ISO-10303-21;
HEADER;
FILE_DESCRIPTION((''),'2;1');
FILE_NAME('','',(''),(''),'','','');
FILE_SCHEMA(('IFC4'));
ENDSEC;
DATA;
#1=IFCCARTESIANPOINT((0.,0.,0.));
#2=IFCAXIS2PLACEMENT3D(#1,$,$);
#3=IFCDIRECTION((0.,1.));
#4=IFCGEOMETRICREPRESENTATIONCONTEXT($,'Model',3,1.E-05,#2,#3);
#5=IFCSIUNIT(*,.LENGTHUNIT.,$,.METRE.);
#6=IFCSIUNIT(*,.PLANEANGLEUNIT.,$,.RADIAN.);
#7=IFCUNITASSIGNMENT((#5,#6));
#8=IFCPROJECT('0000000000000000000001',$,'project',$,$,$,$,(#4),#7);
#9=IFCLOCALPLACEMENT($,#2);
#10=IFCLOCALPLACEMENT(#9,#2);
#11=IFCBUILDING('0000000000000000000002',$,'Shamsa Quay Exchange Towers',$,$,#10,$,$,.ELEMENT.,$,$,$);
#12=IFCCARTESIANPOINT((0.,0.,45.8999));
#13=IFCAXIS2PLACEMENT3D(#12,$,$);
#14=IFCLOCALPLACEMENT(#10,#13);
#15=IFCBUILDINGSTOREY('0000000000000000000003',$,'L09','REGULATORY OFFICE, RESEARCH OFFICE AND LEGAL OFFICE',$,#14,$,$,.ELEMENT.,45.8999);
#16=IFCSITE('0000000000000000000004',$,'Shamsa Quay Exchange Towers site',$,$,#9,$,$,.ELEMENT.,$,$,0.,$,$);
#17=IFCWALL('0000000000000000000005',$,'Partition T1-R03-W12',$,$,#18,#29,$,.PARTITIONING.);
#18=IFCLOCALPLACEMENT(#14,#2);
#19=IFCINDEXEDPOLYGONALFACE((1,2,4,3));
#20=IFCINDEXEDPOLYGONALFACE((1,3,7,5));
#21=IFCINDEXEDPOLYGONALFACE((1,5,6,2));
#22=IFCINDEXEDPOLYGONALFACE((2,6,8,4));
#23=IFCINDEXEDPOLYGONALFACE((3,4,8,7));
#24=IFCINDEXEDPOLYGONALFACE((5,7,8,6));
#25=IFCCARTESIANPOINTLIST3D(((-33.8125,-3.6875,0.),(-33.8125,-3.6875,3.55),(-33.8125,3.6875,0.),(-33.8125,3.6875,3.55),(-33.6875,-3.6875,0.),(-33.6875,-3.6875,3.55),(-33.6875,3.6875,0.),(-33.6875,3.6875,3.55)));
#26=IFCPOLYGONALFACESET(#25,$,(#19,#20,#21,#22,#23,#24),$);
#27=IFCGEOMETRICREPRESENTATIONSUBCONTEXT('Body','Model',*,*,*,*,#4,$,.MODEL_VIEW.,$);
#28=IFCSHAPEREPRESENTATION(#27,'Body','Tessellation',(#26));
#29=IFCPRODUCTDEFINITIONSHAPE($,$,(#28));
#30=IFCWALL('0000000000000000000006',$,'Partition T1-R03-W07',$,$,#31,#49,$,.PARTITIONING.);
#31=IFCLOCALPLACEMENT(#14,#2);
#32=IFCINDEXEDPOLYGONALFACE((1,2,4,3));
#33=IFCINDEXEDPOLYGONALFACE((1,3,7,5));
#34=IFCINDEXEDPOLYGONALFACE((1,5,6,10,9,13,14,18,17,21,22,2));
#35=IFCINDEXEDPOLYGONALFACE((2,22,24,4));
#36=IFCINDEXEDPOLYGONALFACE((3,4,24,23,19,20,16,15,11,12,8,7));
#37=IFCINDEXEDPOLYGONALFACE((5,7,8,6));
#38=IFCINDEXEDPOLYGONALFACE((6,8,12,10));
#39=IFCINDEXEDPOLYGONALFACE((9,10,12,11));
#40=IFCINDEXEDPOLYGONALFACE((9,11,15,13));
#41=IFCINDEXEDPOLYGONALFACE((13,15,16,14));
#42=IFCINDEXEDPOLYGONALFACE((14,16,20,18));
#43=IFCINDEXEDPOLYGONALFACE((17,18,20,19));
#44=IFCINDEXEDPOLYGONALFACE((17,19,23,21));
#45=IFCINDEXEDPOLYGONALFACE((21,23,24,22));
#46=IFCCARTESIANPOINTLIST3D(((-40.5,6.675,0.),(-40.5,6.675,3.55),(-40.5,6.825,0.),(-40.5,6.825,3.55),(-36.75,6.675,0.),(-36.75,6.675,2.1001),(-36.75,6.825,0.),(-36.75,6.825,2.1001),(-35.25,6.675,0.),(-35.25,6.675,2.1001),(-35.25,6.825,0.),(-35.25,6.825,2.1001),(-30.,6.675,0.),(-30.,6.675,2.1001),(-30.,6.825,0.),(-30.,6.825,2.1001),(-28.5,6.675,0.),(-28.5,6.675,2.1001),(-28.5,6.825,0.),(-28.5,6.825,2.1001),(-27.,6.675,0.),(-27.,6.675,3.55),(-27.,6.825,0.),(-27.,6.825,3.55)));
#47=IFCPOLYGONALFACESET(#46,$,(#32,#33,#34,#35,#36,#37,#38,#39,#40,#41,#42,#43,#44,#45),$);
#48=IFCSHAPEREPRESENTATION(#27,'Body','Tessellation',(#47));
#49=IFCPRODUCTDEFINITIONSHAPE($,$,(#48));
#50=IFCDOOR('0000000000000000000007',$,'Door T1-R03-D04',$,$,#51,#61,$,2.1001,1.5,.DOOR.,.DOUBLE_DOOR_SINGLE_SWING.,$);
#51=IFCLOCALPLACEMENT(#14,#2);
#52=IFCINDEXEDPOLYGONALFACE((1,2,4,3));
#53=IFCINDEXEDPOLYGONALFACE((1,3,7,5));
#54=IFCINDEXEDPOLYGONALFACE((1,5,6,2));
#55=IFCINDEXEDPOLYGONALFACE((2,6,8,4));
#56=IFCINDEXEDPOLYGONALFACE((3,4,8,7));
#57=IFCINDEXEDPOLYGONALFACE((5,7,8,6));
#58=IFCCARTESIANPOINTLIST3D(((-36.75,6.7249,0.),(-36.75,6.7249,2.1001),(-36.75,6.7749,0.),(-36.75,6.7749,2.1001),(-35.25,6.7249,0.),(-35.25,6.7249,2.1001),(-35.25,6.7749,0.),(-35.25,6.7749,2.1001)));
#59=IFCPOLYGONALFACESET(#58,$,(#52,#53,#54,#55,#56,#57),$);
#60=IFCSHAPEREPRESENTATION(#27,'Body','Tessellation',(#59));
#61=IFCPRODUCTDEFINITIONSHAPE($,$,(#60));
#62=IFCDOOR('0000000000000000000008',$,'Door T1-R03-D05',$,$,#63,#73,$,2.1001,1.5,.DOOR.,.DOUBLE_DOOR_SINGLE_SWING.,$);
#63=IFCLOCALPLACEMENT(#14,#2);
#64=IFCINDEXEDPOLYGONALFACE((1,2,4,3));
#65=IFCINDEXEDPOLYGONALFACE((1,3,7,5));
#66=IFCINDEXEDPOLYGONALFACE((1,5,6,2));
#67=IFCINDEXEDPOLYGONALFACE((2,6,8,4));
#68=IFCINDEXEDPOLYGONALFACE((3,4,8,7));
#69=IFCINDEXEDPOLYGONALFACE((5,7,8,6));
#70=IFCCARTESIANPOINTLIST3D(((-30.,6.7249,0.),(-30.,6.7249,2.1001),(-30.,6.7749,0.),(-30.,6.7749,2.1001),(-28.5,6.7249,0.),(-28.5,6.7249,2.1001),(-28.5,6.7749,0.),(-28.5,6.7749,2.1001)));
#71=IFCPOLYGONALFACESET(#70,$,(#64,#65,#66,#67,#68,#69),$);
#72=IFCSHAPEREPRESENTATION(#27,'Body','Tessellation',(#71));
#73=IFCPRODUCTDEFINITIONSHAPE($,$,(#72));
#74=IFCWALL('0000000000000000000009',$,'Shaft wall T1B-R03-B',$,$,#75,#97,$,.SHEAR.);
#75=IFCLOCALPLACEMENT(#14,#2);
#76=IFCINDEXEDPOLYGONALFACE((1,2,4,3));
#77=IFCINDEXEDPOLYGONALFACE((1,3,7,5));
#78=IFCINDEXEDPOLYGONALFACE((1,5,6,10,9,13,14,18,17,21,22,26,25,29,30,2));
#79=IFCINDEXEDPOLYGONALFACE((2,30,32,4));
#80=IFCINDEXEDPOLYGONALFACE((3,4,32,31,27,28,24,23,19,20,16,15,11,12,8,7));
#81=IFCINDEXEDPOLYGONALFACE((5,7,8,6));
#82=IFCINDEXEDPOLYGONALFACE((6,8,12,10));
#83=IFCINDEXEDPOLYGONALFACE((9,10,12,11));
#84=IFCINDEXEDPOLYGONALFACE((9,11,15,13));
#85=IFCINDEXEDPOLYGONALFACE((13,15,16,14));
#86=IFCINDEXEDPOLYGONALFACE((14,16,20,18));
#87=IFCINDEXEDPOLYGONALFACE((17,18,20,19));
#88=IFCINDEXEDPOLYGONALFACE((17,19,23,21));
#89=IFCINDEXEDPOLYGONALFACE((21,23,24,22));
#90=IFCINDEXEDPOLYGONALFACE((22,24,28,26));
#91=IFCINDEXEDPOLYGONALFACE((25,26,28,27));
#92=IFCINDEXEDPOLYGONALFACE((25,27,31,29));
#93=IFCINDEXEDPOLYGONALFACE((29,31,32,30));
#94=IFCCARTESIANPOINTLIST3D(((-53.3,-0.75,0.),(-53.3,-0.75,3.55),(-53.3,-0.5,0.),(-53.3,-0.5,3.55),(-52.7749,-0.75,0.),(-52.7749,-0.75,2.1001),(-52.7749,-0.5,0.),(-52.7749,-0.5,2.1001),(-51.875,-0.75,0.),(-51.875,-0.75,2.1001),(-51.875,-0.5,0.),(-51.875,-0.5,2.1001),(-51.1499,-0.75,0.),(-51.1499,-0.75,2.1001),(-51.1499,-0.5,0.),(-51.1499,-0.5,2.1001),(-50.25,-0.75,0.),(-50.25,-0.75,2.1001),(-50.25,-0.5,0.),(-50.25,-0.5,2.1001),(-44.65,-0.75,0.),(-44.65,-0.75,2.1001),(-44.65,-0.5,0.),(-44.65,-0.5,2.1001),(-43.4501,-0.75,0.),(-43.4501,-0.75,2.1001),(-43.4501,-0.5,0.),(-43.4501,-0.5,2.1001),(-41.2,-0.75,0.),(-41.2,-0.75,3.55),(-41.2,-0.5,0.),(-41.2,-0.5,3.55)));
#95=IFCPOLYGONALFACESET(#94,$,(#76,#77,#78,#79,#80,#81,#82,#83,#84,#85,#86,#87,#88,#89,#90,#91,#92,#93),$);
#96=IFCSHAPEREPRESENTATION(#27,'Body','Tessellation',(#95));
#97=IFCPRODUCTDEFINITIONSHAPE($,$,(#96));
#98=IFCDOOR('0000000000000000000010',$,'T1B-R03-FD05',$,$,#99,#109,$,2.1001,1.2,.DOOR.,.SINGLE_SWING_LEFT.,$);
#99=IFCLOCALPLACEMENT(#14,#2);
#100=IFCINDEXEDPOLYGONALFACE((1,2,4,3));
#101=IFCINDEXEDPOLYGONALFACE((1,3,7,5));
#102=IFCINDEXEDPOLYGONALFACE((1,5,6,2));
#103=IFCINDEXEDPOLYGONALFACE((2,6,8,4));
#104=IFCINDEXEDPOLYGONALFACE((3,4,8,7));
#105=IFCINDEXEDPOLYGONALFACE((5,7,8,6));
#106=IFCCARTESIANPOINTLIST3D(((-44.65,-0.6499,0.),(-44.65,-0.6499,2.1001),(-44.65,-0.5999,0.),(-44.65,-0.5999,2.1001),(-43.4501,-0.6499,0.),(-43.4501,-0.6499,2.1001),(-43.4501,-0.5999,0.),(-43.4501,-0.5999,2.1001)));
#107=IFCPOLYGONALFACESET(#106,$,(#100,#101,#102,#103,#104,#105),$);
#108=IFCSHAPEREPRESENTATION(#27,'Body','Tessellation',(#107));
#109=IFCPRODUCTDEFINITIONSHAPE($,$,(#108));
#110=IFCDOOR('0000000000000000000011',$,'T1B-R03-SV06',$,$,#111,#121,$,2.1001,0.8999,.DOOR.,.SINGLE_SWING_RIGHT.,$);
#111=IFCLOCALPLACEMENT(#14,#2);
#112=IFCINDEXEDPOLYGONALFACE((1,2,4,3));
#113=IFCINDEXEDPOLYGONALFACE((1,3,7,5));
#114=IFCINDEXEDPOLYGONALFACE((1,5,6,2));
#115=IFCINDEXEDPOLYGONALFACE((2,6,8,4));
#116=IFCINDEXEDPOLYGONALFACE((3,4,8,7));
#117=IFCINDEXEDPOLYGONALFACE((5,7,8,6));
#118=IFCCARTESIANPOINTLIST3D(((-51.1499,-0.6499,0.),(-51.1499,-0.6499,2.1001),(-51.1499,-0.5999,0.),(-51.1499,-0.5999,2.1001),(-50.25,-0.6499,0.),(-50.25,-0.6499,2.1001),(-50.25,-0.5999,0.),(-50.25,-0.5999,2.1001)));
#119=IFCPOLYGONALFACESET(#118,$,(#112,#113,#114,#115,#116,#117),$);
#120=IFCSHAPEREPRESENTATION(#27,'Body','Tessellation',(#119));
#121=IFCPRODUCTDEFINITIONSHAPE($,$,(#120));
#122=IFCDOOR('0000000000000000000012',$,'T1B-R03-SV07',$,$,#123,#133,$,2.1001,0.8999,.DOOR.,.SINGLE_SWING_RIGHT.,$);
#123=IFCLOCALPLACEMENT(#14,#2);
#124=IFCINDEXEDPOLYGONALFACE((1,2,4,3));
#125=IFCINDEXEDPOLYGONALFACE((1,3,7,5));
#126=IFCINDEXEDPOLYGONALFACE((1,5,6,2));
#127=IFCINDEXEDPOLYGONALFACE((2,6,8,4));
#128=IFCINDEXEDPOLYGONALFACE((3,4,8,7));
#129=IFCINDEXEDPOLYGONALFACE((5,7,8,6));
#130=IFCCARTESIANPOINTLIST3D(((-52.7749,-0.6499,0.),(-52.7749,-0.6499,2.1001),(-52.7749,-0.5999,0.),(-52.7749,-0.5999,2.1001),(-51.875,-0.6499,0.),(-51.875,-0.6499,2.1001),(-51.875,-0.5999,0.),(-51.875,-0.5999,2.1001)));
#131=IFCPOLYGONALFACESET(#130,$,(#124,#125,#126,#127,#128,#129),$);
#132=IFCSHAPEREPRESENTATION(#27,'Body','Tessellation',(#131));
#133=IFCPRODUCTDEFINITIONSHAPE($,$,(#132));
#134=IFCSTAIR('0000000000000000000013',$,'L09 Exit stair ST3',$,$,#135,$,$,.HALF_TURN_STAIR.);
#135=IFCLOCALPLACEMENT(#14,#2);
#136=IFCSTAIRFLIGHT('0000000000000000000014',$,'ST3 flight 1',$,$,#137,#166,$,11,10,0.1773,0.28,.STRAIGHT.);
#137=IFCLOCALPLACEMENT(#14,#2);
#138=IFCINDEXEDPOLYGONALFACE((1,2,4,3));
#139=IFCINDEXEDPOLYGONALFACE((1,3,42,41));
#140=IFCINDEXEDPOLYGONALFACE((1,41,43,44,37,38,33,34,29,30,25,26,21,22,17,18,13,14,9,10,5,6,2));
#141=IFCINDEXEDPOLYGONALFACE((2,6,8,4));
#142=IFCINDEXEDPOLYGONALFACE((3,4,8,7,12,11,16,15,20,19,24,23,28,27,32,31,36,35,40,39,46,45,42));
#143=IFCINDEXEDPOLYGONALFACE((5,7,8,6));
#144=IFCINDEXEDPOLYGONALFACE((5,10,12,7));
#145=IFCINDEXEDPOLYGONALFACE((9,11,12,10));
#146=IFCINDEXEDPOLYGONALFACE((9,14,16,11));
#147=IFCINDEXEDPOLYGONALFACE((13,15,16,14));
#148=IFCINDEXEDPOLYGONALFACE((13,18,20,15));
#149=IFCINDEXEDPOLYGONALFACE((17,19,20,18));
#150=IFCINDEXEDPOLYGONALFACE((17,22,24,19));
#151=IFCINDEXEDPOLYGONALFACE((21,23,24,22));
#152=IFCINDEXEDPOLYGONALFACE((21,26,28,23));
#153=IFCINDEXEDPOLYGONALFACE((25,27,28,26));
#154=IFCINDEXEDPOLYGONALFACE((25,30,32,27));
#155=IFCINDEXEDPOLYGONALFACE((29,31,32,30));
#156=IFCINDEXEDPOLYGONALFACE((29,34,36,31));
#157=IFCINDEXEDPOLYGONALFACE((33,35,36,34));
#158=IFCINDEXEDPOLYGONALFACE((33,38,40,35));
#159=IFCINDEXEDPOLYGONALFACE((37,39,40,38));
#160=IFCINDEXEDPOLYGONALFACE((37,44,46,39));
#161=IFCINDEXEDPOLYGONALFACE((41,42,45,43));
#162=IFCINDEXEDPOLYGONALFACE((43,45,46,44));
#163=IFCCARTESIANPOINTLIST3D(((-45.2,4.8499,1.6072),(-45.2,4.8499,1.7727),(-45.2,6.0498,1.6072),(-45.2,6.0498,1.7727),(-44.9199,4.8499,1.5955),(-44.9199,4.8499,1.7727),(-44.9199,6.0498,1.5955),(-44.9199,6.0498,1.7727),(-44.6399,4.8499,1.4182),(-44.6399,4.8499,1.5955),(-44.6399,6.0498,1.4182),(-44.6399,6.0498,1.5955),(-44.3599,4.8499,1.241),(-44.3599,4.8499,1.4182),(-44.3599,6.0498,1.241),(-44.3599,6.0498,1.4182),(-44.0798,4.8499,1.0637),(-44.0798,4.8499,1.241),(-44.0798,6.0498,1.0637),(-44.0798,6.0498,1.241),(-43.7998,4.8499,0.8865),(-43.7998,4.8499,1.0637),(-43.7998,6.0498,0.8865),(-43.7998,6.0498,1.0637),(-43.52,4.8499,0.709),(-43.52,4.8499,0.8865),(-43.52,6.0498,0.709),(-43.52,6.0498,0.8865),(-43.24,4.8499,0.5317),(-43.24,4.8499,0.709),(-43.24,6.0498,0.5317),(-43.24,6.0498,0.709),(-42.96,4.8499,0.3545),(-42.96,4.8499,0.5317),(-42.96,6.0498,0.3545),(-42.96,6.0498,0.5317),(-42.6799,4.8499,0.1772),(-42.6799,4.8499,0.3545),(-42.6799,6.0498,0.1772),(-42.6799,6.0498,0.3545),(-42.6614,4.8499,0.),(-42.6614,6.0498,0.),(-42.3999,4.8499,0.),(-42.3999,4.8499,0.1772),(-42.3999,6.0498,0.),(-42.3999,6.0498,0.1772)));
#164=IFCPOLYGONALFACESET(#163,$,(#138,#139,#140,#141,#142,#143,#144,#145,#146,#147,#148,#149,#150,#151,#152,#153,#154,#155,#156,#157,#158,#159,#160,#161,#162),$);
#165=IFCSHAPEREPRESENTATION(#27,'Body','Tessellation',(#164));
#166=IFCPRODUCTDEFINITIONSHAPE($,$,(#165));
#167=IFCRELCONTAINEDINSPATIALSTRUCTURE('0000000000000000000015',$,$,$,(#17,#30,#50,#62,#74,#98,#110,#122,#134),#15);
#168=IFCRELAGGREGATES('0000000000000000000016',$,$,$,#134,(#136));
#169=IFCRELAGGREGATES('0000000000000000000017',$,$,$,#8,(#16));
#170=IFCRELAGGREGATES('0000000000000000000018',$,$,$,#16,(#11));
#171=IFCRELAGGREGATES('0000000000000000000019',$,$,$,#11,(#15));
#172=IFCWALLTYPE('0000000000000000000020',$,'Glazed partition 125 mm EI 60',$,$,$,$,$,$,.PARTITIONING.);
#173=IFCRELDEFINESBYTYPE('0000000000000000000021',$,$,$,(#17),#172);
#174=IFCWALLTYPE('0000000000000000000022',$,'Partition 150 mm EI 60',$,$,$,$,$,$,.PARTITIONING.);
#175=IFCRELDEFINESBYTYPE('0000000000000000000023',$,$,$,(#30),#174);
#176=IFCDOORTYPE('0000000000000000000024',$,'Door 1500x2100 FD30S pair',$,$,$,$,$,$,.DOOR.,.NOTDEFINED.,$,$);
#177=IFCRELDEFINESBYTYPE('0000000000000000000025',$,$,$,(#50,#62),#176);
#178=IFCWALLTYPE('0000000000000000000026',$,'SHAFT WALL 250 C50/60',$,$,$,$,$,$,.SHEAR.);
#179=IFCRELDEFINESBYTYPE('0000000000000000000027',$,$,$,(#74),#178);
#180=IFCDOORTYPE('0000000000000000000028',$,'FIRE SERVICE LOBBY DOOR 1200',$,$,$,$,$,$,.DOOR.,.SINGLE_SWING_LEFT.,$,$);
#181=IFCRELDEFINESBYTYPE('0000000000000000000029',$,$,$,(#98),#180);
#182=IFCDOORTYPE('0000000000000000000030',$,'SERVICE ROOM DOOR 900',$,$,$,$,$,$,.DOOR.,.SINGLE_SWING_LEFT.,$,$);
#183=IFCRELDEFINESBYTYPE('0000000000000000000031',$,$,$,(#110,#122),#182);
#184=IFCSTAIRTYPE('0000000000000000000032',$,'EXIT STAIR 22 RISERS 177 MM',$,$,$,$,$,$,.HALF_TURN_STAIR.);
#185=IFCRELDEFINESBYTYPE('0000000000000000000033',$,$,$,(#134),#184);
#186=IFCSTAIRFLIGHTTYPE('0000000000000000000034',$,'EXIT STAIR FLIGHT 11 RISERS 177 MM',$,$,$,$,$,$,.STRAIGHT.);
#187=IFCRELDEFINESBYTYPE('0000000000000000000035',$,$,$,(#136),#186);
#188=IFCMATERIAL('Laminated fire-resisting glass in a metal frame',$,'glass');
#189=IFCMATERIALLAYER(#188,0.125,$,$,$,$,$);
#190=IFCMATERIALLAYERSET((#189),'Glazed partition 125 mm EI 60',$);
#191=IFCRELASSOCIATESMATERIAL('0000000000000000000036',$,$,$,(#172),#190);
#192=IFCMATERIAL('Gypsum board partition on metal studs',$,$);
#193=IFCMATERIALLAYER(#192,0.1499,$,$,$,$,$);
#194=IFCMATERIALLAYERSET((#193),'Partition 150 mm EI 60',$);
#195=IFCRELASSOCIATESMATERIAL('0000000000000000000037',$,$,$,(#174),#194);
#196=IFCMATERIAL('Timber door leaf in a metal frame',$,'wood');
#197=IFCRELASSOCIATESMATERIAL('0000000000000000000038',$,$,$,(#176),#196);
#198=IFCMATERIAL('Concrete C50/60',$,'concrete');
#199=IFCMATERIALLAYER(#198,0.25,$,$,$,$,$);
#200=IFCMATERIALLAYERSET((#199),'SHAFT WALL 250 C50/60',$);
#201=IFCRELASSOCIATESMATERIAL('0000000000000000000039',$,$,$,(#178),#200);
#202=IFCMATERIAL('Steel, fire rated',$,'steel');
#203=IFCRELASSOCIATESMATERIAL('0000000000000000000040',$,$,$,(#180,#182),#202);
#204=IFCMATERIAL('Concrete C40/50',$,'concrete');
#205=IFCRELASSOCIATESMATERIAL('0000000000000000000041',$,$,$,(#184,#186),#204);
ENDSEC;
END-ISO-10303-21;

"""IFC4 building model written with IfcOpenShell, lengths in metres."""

from ifc_helpers import new_model, si_unit, direction, frame, frame_2d, origin, place, context, subcontext, project, spatial, polyline, rectangle, outline, extrude, material, layer, layer_set, type_object, element, fill, aggregate, save


model = new_model("IFC4")

# Units and contexts
model_context = context("Model", 3, precision=1e-05, world=origin(), true_north=direction((0.0, 1.0)))
body_context = subcontext(model_context, "Body", "Model", "MODEL_VIEW")
ifc_project = project(units=[si_unit("LENGTHUNIT", "METRE"), si_unit("PLANEANGLEUNIT", "RADIAN")], contexts=[model_context])

# Site, building, storey
site_placement = place(None, origin())
site = spatial("IfcSite", under=ifc_project, at=site_placement, Name="Shamsa Quay Exchange Towers site", CompositionType="ELEMENT", RefElevation=0.0)
building_placement = place(site_placement, origin())
building = spatial("IfcBuilding", under=site, at=building_placement, Name="Shamsa Quay Exchange Towers", CompositionType="ELEMENT")
storey_placement = place(building_placement, frame((0.0, 0.0, 45.8999)))
storey = spatial("IfcBuildingStorey", under=building, at=storey_placement, Name="L09", Description="REGULATORY OFFICE, RESEARCH OFFICE AND LEGAL OFFICE", CompositionType="ELEMENT", Elevation=45.8999)

# Wall
ifc_material_1 = material(Name="Laminated fire-resisting glass in a metal frame", Category="glass")
ifc_layer_1 = layer(ifc_material_1, 0.125)
ifc_layer_set_1 = layer_set([ifc_layer_1], Name="Glazed partition 125 mm EI 60")
wall_type_1 = type_object("IfcWallType", Name="Glazed partition 125 mm EI 60", PredefinedType="PARTITIONING", material=ifc_layer_set_1)
wall_1_placement = place(storey_placement, frame((-33.75, 3.6875, 0.0), z_axis=(0.0, 0.0, 1.0), x_axis=(0.0, -1.0, 0.0)))
element("IfcWall", 1, at=wall_1_placement, inside=storey, type_object=wall_type_1, Name="Partition T1-R03-W12", PredefinedType="PARTITIONING", context=body_context, shape_type="SweptSolid", body=[
    extrude(rectangle(XDim=7.375, YDim=0.125, at=frame_2d((3.6875, 0.0))), origin(), (0.0, 0.0, 1.0), 3.55),
])

# Walls, openings, doors
ifc_material_2 = material(Name="Gypsum board partition on metal studs")
ifc_layer_2 = layer(ifc_material_2, 0.1499)
ifc_layer_set_2 = layer_set([ifc_layer_2], Name="Partition 150 mm EI 60")
wall_type_2 = type_object("IfcWallType", Name="Partition 150 mm EI 60", PredefinedType="PARTITIONING", material=ifc_layer_set_2)
wall_2_placement = place(storey_placement, frame((-40.5, 6.75, 0.0)))
wall_2 = element("IfcWall", 2, at=wall_2_placement, inside=storey, type_object=wall_type_2, Name="Partition T1-R03-W07", PredefinedType="PARTITIONING", context=body_context, shape_type="SweptSolid", body=[
    extrude(rectangle(XDim=13.5, YDim=0.1499, at=frame_2d((6.75, 0.0))), origin(), (0.0, 0.0, 1.0), 3.55),
])
opening_1_placement = place(wall_2_placement, frame((3.75, 0.0, 0.0)))
opening_1 = element("IfcOpeningElement", 3, at=opening_1_placement, cuts=wall_2, PredefinedType="OPENING", context=body_context, shape_type="SweptSolid", body=[
    extrude(rectangle(XDim=1.5, YDim=2.1001, at=frame_2d((0.75, 1.05))), frame((0.0, 0.085, 0.0), z_axis=(0.0, -1.0, 0.0), x_axis=(1.0, 0.0, 0.0)), (0.0, 0.0, 1.0), 0.1699),
])
opening_2_placement = place(wall_2_placement, frame((10.5, 0.0, 0.0)))
opening_2 = element("IfcOpeningElement", 4, at=opening_2_placement, cuts=wall_2, PredefinedType="OPENING", context=body_context, shape_type="SweptSolid", body=[
    extrude(rectangle(XDim=1.5, YDim=2.1001, at=frame_2d((0.75, 1.05))), frame((0.0, 0.085, 0.0), z_axis=(0.0, -1.0, 0.0), x_axis=(1.0, 0.0, 0.0)), (0.0, 0.0, 1.0), 0.1699),
])
ifc_material_3 = material(Name="Timber door leaf in a metal frame", Category="wood")
door_type_1 = type_object("IfcDoorType", Name="Door 1500x2100 FD30S pair", OperationType="NOTDEFINED", PredefinedType="DOOR", material=ifc_material_3)
door_1_placement = place(opening_1_placement, origin())
door_1 = element("IfcDoor", 5, at=door_1_placement, inside=storey, type_object=door_type_1, Name="Door T1-R03-D04", OperationType="DOUBLE_DOOR_SINGLE_SWING", OverallHeight=2.1001, OverallWidth=1.5, PredefinedType="DOOR", context=body_context, shape_type="SweptSolid", body=[
    extrude(rectangle(XDim=1.5, YDim=2.1001, at=frame_2d((0.75, 1.05))), frame((0.0, 0.0249, 0.0), z_axis=(0.0, -1.0, 0.0), x_axis=(1.0, 0.0, 0.0)), (0.0, 0.0, 1.0), 0.05),
])
fill(opening_1, door_1)
door_2_placement = place(opening_2_placement, origin())
door_2 = element("IfcDoor", 6, at=door_2_placement, inside=storey, type_object=door_type_1, Name="Door T1-R03-D05", OperationType="DOUBLE_DOOR_SINGLE_SWING", OverallHeight=2.1001, OverallWidth=1.5, PredefinedType="DOOR", context=body_context, shape_type="SweptSolid", body=[
    extrude(rectangle(XDim=1.5, YDim=2.1001, at=frame_2d((0.75, 1.05))), frame((0.0, 0.0249, 0.0), z_axis=(0.0, -1.0, 0.0), x_axis=(1.0, 0.0, 0.0)), (0.0, 0.0, 1.0), 0.05),
])
fill(opening_2, door_2)
ifc_material_4 = material(Name="Concrete C50/60", Category="concrete")
ifc_layer_3 = layer(ifc_material_4, 0.25)
ifc_layer_set_3 = layer_set([ifc_layer_3], Name="SHAFT WALL 250 C50/60")
wall_type_3 = type_object("IfcWallType", Name="SHAFT WALL 250 C50/60", PredefinedType="SHEAR", material=ifc_layer_set_3)
wall_3_placement = place(storey_placement, frame((-41.2, -0.625, 0.0), z_axis=(0.0, 0.0, 1.0), x_axis=(-1.0, 0.0, 0.0)))
wall_3 = element("IfcWall", 7, at=wall_3_placement, inside=storey, type_object=wall_type_3, Name="Shaft wall T1B-R03-B", PredefinedType="SHEAR", context=body_context, shape_type="SweptSolid", body=[
    extrude(rectangle(XDim=12.1001, YDim=0.25, at=frame_2d((6.05, 0.0))), origin(), (0.0, 0.0, 1.0), 3.55),
])
opening_3_placement = place(wall_3_placement, frame((2.25, 0.0, 0.0)))
opening_3 = element("IfcOpeningElement", 8, at=opening_3_placement, cuts=wall_3, PredefinedType="OPENING", context=body_context, shape_type="SweptSolid", body=[
    extrude(rectangle(XDim=1.2, YDim=2.1001, at=frame_2d((0.6001, 1.05))), frame((0.0, 0.135, 0.0), z_axis=(0.0, -1.0, 0.0), x_axis=(1.0, 0.0, 0.0)), (0.0, 0.0, 1.0), 0.27),
])
opening_4_placement = place(wall_3_placement, frame((9.05, 0.0, 0.0)))
opening_4 = element("IfcOpeningElement", 9, at=opening_4_placement, cuts=wall_3, PredefinedType="OPENING", context=body_context, shape_type="SweptSolid", body=[
    extrude(rectangle(XDim=0.8999, YDim=2.1001, at=frame_2d((0.45, 1.05))), frame((0.0, 0.135, 0.0), z_axis=(0.0, -1.0, 0.0), x_axis=(1.0, 0.0, 0.0)), (0.0, 0.0, 1.0), 0.27),
])
opening_5_placement = place(wall_3_placement, frame((10.675, 0.0, 0.0)))
opening_5 = element("IfcOpeningElement", 10, at=opening_5_placement, cuts=wall_3, PredefinedType="OPENING", context=body_context, shape_type="SweptSolid", body=[
    extrude(rectangle(XDim=0.8999, YDim=2.1001, at=frame_2d((0.45, 1.05))), frame((0.0, 0.135, 0.0), z_axis=(0.0, -1.0, 0.0), x_axis=(1.0, 0.0, 0.0)), (0.0, 0.0, 1.0), 0.27),
])
ifc_material_5 = material(Name="Steel, fire rated", Category="steel")
door_type_2 = type_object("IfcDoorType", Name="FIRE SERVICE LOBBY DOOR 1200", OperationType="SINGLE_SWING_LEFT", PredefinedType="DOOR", material=ifc_material_5)
door_3_placement = place(opening_3_placement, origin())
door_3 = element("IfcDoor", 11, at=door_3_placement, inside=storey, type_object=door_type_2, Name="T1B-R03-FD05", OperationType="SINGLE_SWING_LEFT", OverallHeight=2.1001, OverallWidth=1.2, PredefinedType="DOOR", context=body_context, shape_type="SweptSolid", body=[
    extrude(rectangle(XDim=1.2, YDim=2.1001, at=frame_2d((0.6001, 1.05))), frame((0.0, 0.0249, 0.0), z_axis=(0.0, -1.0, 0.0), x_axis=(1.0, 0.0, 0.0)), (0.0, 0.0, 1.0), 0.05),
])
fill(opening_3, door_3)
door_type_3 = type_object("IfcDoorType", Name="SERVICE ROOM DOOR 900", OperationType="SINGLE_SWING_LEFT", PredefinedType="DOOR", material=ifc_material_5)
door_4_placement = place(opening_4_placement, origin())
door_4 = element("IfcDoor", 12, at=door_4_placement, inside=storey, type_object=door_type_3, Name="T1B-R03-SV06", OperationType="SINGLE_SWING_RIGHT", OverallHeight=2.1001, OverallWidth=0.8999, PredefinedType="DOOR", context=body_context, shape_type="SweptSolid", body=[
    extrude(rectangle(XDim=0.8999, YDim=2.1001, at=frame_2d((0.45, 1.05))), frame((0.0, 0.0249, 0.0), z_axis=(0.0, -1.0, 0.0), x_axis=(1.0, 0.0, 0.0)), (0.0, 0.0, 1.0), 0.05),
])
fill(opening_4, door_4)
door_5_placement = place(opening_5_placement, origin())
door_5 = element("IfcDoor", 13, at=door_5_placement, inside=storey, type_object=door_type_3, Name="T1B-R03-SV07", OperationType="SINGLE_SWING_RIGHT", OverallHeight=2.1001, OverallWidth=0.8999, PredefinedType="DOOR", context=body_context, shape_type="SweptSolid", body=[
    extrude(rectangle(XDim=0.8999, YDim=2.1001, at=frame_2d((0.45, 1.05))), frame((0.0, 0.0249, 0.0), z_axis=(0.0, -1.0, 0.0), x_axis=(1.0, 0.0, 0.0)), (0.0, 0.0, 1.0), 0.05),
])
fill(opening_5, door_5)

# Stair, stair flight
ifc_material_6 = material(Name="Concrete C40/50", Category="concrete")
stair_type = type_object("IfcStairType", Name="EXIT STAIR 22 RISERS 177 MM", PredefinedType="HALF_TURN_STAIR", material=ifc_material_6)
stair_placement = place(storey_placement, origin())
stair = element("IfcStair", 14, at=stair_placement, inside=storey, type_object=stair_type, Name="L09 Exit stair ST3", PredefinedType="HALF_TURN_STAIR")
stair_flight_type = type_object("IfcStairFlightType", Name="EXIT STAIR FLIGHT 11 RISERS 177 MM", PredefinedType="STRAIGHT", material=ifc_material_6)
stair_flight_placement = place(storey_placement, frame((-42.3999, 5.45, 0.0), z_axis=(0.0, 0.0, 1.0), x_axis=(-1.0, 0.0, 0.0)))
stair_flight = element("IfcStairFlight", 15, at=stair_flight_placement, type_object=stair_flight_type, Name="ST3 flight 1", NumberOfRisers=11, NumberOfTreads=10, PredefinedType="STRAIGHT", RiserHeight=0.1773, TreadLength=0.28, context=body_context, shape_type="SweptSolid", body=[
    extrude(outline(polyline([(0.0, 0.0), (0.0, 0.1772), (0.28, 0.1772), (0.28, 0.3545), (0.5601, 0.3545), (0.5601, 0.5317), (0.8401, 0.5317), (0.8401, 0.709), (1.1201, 0.709), (1.1201, 0.8865), (1.3999, 0.8865), (1.3999, 1.0637), (1.6799, 1.0637), (1.6799, 1.241), (1.96, 1.241), (1.96, 1.4182), (2.24, 1.4182), (2.24, 1.5955), (2.52, 1.5955), (2.52, 1.7727), (2.8, 1.7727), (2.8, 1.95), (2.8, 1.6072), (0.2615, 0.0), (0.0, 0.0)])), frame((0.0, 0.6001, 0.0), z_axis=(0.0, -1.0, 0.0), x_axis=(1.0, 0.0, 0.0)), (0.0, 0.0, 1.0), 1.2),
])
aggregate(stair, [stair_flight])

save(model, "model.ifc")
